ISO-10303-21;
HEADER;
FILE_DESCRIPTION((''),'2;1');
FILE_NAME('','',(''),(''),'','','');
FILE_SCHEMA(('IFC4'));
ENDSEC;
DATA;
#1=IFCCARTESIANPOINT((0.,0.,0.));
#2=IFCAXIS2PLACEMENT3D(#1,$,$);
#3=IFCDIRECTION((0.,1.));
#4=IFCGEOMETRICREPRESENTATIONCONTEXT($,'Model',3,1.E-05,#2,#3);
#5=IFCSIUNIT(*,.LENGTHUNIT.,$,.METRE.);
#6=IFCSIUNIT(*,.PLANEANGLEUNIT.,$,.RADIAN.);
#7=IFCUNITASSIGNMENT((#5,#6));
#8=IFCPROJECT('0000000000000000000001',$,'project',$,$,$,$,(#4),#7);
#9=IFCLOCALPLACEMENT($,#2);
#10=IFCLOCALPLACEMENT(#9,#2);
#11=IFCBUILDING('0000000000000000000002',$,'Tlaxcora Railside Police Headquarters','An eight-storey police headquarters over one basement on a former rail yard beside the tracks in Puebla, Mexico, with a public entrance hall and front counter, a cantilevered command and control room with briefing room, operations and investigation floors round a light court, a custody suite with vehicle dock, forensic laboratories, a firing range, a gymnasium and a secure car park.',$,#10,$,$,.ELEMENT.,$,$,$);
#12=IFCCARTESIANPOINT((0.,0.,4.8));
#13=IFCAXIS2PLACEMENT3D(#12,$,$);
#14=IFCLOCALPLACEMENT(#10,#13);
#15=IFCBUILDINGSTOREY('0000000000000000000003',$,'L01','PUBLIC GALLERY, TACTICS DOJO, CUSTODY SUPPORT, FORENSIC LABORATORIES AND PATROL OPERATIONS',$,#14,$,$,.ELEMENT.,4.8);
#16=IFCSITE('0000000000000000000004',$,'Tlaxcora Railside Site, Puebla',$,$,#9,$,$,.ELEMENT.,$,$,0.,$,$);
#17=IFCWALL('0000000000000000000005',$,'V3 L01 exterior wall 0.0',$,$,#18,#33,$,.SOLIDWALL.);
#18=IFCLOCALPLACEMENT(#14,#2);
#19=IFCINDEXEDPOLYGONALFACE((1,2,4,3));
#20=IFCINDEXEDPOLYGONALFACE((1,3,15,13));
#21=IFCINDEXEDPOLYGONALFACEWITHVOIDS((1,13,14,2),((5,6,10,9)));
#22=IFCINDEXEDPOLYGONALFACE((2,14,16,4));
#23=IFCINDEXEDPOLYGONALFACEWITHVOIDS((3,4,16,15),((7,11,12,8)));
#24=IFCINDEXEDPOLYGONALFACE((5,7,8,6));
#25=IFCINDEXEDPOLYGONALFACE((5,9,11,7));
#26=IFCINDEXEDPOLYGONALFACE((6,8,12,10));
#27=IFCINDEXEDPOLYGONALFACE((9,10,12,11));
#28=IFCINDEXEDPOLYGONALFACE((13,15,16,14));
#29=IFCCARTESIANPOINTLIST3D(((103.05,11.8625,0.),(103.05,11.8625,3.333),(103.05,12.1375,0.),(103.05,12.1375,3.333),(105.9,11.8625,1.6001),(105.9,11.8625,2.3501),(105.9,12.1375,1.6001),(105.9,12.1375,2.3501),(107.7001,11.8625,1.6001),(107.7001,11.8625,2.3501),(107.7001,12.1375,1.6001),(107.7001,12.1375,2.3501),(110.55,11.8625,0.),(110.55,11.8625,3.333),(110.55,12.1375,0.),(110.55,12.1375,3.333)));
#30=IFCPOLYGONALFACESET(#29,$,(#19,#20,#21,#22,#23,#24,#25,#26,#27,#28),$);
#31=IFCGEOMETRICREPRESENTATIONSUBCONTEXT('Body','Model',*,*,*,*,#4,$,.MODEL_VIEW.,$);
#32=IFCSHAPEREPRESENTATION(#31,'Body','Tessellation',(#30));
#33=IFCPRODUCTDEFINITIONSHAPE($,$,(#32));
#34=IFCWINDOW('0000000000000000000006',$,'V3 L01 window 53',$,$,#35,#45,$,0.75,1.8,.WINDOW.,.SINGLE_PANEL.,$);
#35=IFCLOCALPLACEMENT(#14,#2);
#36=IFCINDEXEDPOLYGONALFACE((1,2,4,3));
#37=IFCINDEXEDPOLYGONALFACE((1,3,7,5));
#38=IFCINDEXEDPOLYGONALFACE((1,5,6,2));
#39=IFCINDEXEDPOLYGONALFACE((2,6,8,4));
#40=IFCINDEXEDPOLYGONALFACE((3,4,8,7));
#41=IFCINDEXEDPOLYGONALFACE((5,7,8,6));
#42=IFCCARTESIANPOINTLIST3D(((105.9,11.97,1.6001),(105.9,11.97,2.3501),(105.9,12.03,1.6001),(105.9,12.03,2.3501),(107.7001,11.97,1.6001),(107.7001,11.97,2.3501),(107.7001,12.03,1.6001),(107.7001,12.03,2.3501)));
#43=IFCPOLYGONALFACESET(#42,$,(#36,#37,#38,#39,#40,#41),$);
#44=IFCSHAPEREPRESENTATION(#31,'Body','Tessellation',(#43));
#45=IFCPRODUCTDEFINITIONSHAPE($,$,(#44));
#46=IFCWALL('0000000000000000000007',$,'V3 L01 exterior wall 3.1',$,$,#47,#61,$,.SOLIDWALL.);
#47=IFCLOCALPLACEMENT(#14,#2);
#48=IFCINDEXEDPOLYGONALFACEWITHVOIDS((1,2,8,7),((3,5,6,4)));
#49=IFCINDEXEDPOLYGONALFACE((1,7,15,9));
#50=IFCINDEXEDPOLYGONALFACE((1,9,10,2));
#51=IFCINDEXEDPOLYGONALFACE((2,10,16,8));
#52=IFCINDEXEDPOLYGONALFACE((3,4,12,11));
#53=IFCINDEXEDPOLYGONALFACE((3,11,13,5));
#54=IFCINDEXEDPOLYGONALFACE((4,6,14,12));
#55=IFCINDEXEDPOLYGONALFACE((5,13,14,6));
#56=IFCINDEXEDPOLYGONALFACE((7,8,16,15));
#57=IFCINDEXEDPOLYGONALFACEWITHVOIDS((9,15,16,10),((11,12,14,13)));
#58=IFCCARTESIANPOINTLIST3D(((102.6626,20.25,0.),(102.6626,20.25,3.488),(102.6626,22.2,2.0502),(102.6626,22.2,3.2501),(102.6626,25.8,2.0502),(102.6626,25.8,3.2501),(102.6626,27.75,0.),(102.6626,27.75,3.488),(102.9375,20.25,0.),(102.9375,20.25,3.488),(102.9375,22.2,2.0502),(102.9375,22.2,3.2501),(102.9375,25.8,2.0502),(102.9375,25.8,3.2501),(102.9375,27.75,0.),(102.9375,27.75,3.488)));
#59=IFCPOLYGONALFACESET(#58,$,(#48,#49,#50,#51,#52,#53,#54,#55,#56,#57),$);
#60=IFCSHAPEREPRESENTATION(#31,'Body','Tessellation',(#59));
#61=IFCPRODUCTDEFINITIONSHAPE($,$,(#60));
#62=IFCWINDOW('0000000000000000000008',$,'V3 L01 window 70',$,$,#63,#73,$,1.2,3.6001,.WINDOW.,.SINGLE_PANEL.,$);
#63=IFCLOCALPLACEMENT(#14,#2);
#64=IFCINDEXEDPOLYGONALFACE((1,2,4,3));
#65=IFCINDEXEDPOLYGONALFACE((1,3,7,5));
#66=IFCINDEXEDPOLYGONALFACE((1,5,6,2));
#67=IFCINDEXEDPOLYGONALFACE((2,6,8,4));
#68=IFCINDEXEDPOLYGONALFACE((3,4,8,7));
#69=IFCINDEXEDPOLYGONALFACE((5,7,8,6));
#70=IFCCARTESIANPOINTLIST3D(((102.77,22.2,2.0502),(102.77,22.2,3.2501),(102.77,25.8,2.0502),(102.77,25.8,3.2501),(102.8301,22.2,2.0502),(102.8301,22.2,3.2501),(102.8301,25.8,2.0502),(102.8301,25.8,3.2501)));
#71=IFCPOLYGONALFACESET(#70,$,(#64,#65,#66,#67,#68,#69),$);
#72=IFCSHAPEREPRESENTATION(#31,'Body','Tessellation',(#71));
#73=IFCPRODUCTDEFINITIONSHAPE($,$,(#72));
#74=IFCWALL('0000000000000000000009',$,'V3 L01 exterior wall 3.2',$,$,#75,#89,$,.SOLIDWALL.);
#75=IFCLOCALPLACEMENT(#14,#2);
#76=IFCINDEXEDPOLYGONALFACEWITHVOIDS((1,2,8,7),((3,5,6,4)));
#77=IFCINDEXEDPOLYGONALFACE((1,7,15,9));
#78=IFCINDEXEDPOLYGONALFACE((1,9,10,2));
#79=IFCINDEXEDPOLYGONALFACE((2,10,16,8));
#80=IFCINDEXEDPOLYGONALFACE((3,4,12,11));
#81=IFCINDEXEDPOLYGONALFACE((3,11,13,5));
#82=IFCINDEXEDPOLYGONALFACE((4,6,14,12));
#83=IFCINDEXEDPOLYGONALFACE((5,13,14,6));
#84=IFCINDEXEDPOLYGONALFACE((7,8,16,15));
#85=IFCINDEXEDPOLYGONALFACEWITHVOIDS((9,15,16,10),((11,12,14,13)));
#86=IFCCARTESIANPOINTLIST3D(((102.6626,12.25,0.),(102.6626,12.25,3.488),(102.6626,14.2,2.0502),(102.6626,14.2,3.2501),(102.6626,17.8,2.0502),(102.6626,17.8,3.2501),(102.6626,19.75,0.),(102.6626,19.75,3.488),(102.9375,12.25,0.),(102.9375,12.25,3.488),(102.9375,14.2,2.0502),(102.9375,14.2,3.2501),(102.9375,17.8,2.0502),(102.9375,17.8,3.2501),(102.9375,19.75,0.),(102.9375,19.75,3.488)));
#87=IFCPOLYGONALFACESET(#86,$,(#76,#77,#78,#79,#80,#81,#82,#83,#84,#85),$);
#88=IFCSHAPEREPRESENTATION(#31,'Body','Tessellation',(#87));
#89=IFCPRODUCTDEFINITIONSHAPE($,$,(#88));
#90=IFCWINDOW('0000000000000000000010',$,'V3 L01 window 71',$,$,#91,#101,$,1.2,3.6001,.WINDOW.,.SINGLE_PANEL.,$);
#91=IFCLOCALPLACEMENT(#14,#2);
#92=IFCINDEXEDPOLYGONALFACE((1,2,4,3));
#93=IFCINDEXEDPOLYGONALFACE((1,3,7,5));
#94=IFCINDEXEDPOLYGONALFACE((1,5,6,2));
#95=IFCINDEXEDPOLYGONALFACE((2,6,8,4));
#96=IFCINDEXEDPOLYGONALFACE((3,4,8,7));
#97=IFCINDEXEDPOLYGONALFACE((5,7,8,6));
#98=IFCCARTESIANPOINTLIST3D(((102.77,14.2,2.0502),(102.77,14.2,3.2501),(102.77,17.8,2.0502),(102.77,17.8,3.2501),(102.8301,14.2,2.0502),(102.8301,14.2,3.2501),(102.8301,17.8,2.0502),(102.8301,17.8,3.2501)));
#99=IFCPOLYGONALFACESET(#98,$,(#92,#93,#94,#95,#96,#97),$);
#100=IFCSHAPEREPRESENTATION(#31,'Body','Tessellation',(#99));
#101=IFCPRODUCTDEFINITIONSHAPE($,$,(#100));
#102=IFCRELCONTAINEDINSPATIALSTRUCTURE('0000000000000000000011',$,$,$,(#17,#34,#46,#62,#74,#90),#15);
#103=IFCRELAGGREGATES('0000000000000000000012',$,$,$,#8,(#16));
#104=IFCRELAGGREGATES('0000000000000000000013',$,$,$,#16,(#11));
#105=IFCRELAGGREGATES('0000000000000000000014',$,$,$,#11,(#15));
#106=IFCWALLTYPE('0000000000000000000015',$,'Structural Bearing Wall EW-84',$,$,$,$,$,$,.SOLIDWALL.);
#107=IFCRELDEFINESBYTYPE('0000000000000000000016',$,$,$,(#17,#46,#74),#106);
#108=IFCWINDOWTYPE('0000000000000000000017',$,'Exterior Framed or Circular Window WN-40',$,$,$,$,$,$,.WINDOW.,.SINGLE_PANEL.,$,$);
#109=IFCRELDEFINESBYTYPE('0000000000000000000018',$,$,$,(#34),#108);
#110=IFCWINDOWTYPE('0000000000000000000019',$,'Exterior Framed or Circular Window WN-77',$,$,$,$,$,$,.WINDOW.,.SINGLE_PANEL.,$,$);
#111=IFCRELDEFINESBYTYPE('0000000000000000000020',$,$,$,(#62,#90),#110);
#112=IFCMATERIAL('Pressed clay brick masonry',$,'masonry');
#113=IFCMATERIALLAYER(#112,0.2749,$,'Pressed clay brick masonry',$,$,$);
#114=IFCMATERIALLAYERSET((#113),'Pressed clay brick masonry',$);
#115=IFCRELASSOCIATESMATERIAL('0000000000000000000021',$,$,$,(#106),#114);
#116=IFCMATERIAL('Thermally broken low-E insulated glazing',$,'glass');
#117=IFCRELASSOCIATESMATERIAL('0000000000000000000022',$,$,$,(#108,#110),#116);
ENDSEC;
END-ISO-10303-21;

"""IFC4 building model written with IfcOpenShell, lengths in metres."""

from ifc_helpers import new_model, si_unit, direction, frame, frame_2d, origin, place, context, subcontext, project, spatial, rectangle, extrude, material, layer, layer_set, type_object, element, fill, save


model = new_model("IFC4")

# Units and contexts
model_context = context("Model", 3, precision=1e-05, world=origin(), true_north=direction((0.0, 1.0)))
body_context = subcontext(model_context, "Body", "Model", "MODEL_VIEW")
ifc_project = project(units=[si_unit("LENGTHUNIT", "METRE"), si_unit("PLANEANGLEUNIT", "RADIAN")], contexts=[model_context])

# Site, building, storey
site_placement = place(None, origin())
site = spatial("IfcSite", under=ifc_project, at=site_placement, Name="Tlaxcora Railside Site, Puebla", CompositionType="ELEMENT", RefElevation=0.0)
building_placement = place(site_placement, origin())
building = spatial("IfcBuilding", under=site, at=building_placement, Name="Tlaxcora Railside Police Headquarters", Description="An eight-storey police headquarters over one basement on a former rail yard beside the tracks in Puebla, Mexico, with a public entrance hall and front counter, a cantilevered command and control room with briefing room, operations and investigation floors round a light court, a custody suite with vehicle dock, forensic laboratories, a firing range, a gymnasium and a secure car park.", CompositionType="ELEMENT")
storey_placement = place(building_placement, frame((0.0, 0.0, 4.8)))
storey = spatial("IfcBuildingStorey", under=building, at=storey_placement, Name="L01", Description="PUBLIC GALLERY, TACTICS DOJO, CUSTODY SUPPORT, FORENSIC LABORATORIES AND PATROL OPERATIONS", CompositionType="ELEMENT", Elevation=4.8)

# Walls, openings, windows
ifc_material_1 = material(Name="Pressed clay brick masonry", Category="masonry")
ifc_layer_1 = layer(ifc_material_1, 0.2749, Name="Pressed clay brick masonry")
ifc_layer_set_1 = layer_set([ifc_layer_1], Name="Pressed clay brick masonry")
wall_type_1 = type_object("IfcWallType", Name="Structural Bearing Wall EW-84", PredefinedType="SOLIDWALL", material=ifc_layer_set_1)
wall_1_placement = place(storey_placement, frame((103.05, 12.0, 0.0), z_axis=(0.0, 0.0, 1.0), x_axis=(1.0, 0.0, 0.0)))
wall_1 = element("IfcWall", 1, at=wall_1_placement, inside=storey, type_object=wall_type_1, Name="V3 L01 exterior wall 0.0", PredefinedType="SOLIDWALL", context=body_context, shape_type="SweptSolid", body=[
    extrude(rectangle(XDim=7.5, YDim=0.2749, at=frame_2d((3.75, 0.0))), origin(), (0.0, 0.0, 1.0), 3.333),
])
opening_1_placement = place(wall_1_placement, frame((2.8501, 0.0, 1.6001)))
opening_1 = element("IfcOpeningElement", 2, at=opening_1_placement, cuts=wall_1, PredefinedType="OPENING", context=body_context, shape_type="SweptSolid", body=[
    extrude(rectangle(XDim=1.8, YDim=0.75, at=frame_2d((0.8999, 0.375))), frame((0.0, 0.1475, 0.0), z_axis=(0.0, -1.0, 0.0), x_axis=(1.0, 0.0, 0.0)), (0.0, 0.0, 1.0), 0.2949),
])
ifc_material_2 = material(Name="Thermally broken low-E insulated glazing", Category="glass")
window_type_1 = type_object("IfcWindowType", Name="Exterior Framed or Circular Window WN-40", PartitioningType="SINGLE_PANEL", PredefinedType="WINDOW", material=ifc_material_2)
window_1_placement = place(opening_1_placement, origin())
window_1 = element("IfcWindow", 3, at=window_1_placement, inside=storey, type_object=window_type_1, Name="V3 L01 window 53", OverallHeight=0.75, OverallWidth=1.8, PartitioningType="SINGLE_PANEL", PredefinedType="WINDOW", context=body_context, shape_type="SweptSolid", body=[
    extrude(rectangle(XDim=1.8, YDim=0.75, at=frame_2d((0.8999, 0.375))), frame((0.0, 0.03, 0.0), z_axis=(0.0, -1.0, 0.0), x_axis=(1.0, 0.0, 0.0)), (0.0, 0.0, 1.0), 0.0601),
])
fill(opening_1, window_1)
wall_2_placement = place(storey_placement, frame((102.8, 27.75, 0.0), z_axis=(0.0, 0.0, 1.0), x_axis=(0.0, -1.0, 0.0)))
wall_2 = element("IfcWall", 4, at=wall_2_placement, inside=storey, type_object=wall_type_1, Name="V3 L01 exterior wall 3.1", PredefinedType="SOLIDWALL", context=body_context, shape_type="SweptSolid", body=[
    extrude(rectangle(XDim=7.5, YDim=0.2749, at=frame_2d((3.75, 0.0))), origin(), (0.0, 0.0, 1.0), 3.488),
])
opening_2_placement = place(wall_2_placement, frame((1.95, 0.0, 2.05)))
opening_2 = element("IfcOpeningElement", 5, at=opening_2_placement, cuts=wall_2, PredefinedType="OPENING", context=body_context, shape_type="SweptSolid", body=[
    extrude(rectangle(XDim=3.6001, YDim=1.2, at=frame_2d((1.8, 0.6001))), frame((0.0, 0.1475, 0.0), z_axis=(0.0, -1.0, 0.0), x_axis=(1.0, 0.0, 0.0)), (0.0, 0.0, 1.0), 0.2949),
])
window_type_2 = type_object("IfcWindowType", Name="Exterior Framed or Circular Window WN-77", PartitioningType="SINGLE_PANEL", PredefinedType="WINDOW", material=ifc_material_2)
window_2_placement = place(opening_2_placement, origin())
window_2 = element("IfcWindow", 6, at=window_2_placement, inside=storey, type_object=window_type_2, Name="V3 L01 window 70", OverallHeight=1.2, OverallWidth=3.6001, PartitioningType="SINGLE_PANEL", PredefinedType="WINDOW", context=body_context, shape_type="SweptSolid", body=[
    extrude(rectangle(XDim=3.6001, YDim=1.2, at=frame_2d((1.8, 0.6001))), frame((0.0, 0.03, 0.0), z_axis=(0.0, -1.0, 0.0), x_axis=(1.0, 0.0, 0.0)), (0.0, 0.0, 1.0), 0.0601),
])
fill(opening_2, window_2)
wall_3_placement = place(storey_placement, frame((102.8, 19.75, 0.0), z_axis=(0.0, 0.0, 1.0), x_axis=(0.0, -1.0, 0.0)))
wall_3 = element("IfcWall", 7, at=wall_3_placement, inside=storey, type_object=wall_type_1, Name="V3 L01 exterior wall 3.2", PredefinedType="SOLIDWALL", context=body_context, shape_type="SweptSolid", body=[
    extrude(rectangle(XDim=7.5, YDim=0.2749, at=frame_2d((3.75, 0.0))), origin(), (0.0, 0.0, 1.0), 3.488),
])
opening_3_placement = place(wall_3_placement, frame((1.95, 0.0, 2.05)))
opening_3 = element("IfcOpeningElement", 8, at=opening_3_placement, cuts=wall_3, PredefinedType="OPENING", context=body_context, shape_type="SweptSolid", body=[
    extrude(rectangle(XDim=3.6001, YDim=1.2, at=frame_2d((1.8, 0.6001))), frame((0.0, 0.1475, 0.0), z_axis=(0.0, -1.0, 0.0), x_axis=(1.0, 0.0, 0.0)), (0.0, 0.0, 1.0), 0.2949),
])
window_3_placement = place(opening_3_placement, origin())
window_3 = element("IfcWindow", 9, at=window_3_placement, inside=storey, type_object=window_type_2, Name="V3 L01 window 71", OverallHeight=1.2, OverallWidth=3.6001, PartitioningType="SINGLE_PANEL", PredefinedType="WINDOW", context=body_context, shape_type="SweptSolid", body=[
    extrude(rectangle(XDim=3.6001, YDim=1.2, at=frame_2d((1.8, 0.6001))), frame((0.0, 0.03, 0.0), z_axis=(0.0, -1.0, 0.0), x_axis=(1.0, 0.0, 0.0)), (0.0, 0.0, 1.0), 0.0601),
])
fill(opening_3, window_3)

save(model, "model.ifc")
